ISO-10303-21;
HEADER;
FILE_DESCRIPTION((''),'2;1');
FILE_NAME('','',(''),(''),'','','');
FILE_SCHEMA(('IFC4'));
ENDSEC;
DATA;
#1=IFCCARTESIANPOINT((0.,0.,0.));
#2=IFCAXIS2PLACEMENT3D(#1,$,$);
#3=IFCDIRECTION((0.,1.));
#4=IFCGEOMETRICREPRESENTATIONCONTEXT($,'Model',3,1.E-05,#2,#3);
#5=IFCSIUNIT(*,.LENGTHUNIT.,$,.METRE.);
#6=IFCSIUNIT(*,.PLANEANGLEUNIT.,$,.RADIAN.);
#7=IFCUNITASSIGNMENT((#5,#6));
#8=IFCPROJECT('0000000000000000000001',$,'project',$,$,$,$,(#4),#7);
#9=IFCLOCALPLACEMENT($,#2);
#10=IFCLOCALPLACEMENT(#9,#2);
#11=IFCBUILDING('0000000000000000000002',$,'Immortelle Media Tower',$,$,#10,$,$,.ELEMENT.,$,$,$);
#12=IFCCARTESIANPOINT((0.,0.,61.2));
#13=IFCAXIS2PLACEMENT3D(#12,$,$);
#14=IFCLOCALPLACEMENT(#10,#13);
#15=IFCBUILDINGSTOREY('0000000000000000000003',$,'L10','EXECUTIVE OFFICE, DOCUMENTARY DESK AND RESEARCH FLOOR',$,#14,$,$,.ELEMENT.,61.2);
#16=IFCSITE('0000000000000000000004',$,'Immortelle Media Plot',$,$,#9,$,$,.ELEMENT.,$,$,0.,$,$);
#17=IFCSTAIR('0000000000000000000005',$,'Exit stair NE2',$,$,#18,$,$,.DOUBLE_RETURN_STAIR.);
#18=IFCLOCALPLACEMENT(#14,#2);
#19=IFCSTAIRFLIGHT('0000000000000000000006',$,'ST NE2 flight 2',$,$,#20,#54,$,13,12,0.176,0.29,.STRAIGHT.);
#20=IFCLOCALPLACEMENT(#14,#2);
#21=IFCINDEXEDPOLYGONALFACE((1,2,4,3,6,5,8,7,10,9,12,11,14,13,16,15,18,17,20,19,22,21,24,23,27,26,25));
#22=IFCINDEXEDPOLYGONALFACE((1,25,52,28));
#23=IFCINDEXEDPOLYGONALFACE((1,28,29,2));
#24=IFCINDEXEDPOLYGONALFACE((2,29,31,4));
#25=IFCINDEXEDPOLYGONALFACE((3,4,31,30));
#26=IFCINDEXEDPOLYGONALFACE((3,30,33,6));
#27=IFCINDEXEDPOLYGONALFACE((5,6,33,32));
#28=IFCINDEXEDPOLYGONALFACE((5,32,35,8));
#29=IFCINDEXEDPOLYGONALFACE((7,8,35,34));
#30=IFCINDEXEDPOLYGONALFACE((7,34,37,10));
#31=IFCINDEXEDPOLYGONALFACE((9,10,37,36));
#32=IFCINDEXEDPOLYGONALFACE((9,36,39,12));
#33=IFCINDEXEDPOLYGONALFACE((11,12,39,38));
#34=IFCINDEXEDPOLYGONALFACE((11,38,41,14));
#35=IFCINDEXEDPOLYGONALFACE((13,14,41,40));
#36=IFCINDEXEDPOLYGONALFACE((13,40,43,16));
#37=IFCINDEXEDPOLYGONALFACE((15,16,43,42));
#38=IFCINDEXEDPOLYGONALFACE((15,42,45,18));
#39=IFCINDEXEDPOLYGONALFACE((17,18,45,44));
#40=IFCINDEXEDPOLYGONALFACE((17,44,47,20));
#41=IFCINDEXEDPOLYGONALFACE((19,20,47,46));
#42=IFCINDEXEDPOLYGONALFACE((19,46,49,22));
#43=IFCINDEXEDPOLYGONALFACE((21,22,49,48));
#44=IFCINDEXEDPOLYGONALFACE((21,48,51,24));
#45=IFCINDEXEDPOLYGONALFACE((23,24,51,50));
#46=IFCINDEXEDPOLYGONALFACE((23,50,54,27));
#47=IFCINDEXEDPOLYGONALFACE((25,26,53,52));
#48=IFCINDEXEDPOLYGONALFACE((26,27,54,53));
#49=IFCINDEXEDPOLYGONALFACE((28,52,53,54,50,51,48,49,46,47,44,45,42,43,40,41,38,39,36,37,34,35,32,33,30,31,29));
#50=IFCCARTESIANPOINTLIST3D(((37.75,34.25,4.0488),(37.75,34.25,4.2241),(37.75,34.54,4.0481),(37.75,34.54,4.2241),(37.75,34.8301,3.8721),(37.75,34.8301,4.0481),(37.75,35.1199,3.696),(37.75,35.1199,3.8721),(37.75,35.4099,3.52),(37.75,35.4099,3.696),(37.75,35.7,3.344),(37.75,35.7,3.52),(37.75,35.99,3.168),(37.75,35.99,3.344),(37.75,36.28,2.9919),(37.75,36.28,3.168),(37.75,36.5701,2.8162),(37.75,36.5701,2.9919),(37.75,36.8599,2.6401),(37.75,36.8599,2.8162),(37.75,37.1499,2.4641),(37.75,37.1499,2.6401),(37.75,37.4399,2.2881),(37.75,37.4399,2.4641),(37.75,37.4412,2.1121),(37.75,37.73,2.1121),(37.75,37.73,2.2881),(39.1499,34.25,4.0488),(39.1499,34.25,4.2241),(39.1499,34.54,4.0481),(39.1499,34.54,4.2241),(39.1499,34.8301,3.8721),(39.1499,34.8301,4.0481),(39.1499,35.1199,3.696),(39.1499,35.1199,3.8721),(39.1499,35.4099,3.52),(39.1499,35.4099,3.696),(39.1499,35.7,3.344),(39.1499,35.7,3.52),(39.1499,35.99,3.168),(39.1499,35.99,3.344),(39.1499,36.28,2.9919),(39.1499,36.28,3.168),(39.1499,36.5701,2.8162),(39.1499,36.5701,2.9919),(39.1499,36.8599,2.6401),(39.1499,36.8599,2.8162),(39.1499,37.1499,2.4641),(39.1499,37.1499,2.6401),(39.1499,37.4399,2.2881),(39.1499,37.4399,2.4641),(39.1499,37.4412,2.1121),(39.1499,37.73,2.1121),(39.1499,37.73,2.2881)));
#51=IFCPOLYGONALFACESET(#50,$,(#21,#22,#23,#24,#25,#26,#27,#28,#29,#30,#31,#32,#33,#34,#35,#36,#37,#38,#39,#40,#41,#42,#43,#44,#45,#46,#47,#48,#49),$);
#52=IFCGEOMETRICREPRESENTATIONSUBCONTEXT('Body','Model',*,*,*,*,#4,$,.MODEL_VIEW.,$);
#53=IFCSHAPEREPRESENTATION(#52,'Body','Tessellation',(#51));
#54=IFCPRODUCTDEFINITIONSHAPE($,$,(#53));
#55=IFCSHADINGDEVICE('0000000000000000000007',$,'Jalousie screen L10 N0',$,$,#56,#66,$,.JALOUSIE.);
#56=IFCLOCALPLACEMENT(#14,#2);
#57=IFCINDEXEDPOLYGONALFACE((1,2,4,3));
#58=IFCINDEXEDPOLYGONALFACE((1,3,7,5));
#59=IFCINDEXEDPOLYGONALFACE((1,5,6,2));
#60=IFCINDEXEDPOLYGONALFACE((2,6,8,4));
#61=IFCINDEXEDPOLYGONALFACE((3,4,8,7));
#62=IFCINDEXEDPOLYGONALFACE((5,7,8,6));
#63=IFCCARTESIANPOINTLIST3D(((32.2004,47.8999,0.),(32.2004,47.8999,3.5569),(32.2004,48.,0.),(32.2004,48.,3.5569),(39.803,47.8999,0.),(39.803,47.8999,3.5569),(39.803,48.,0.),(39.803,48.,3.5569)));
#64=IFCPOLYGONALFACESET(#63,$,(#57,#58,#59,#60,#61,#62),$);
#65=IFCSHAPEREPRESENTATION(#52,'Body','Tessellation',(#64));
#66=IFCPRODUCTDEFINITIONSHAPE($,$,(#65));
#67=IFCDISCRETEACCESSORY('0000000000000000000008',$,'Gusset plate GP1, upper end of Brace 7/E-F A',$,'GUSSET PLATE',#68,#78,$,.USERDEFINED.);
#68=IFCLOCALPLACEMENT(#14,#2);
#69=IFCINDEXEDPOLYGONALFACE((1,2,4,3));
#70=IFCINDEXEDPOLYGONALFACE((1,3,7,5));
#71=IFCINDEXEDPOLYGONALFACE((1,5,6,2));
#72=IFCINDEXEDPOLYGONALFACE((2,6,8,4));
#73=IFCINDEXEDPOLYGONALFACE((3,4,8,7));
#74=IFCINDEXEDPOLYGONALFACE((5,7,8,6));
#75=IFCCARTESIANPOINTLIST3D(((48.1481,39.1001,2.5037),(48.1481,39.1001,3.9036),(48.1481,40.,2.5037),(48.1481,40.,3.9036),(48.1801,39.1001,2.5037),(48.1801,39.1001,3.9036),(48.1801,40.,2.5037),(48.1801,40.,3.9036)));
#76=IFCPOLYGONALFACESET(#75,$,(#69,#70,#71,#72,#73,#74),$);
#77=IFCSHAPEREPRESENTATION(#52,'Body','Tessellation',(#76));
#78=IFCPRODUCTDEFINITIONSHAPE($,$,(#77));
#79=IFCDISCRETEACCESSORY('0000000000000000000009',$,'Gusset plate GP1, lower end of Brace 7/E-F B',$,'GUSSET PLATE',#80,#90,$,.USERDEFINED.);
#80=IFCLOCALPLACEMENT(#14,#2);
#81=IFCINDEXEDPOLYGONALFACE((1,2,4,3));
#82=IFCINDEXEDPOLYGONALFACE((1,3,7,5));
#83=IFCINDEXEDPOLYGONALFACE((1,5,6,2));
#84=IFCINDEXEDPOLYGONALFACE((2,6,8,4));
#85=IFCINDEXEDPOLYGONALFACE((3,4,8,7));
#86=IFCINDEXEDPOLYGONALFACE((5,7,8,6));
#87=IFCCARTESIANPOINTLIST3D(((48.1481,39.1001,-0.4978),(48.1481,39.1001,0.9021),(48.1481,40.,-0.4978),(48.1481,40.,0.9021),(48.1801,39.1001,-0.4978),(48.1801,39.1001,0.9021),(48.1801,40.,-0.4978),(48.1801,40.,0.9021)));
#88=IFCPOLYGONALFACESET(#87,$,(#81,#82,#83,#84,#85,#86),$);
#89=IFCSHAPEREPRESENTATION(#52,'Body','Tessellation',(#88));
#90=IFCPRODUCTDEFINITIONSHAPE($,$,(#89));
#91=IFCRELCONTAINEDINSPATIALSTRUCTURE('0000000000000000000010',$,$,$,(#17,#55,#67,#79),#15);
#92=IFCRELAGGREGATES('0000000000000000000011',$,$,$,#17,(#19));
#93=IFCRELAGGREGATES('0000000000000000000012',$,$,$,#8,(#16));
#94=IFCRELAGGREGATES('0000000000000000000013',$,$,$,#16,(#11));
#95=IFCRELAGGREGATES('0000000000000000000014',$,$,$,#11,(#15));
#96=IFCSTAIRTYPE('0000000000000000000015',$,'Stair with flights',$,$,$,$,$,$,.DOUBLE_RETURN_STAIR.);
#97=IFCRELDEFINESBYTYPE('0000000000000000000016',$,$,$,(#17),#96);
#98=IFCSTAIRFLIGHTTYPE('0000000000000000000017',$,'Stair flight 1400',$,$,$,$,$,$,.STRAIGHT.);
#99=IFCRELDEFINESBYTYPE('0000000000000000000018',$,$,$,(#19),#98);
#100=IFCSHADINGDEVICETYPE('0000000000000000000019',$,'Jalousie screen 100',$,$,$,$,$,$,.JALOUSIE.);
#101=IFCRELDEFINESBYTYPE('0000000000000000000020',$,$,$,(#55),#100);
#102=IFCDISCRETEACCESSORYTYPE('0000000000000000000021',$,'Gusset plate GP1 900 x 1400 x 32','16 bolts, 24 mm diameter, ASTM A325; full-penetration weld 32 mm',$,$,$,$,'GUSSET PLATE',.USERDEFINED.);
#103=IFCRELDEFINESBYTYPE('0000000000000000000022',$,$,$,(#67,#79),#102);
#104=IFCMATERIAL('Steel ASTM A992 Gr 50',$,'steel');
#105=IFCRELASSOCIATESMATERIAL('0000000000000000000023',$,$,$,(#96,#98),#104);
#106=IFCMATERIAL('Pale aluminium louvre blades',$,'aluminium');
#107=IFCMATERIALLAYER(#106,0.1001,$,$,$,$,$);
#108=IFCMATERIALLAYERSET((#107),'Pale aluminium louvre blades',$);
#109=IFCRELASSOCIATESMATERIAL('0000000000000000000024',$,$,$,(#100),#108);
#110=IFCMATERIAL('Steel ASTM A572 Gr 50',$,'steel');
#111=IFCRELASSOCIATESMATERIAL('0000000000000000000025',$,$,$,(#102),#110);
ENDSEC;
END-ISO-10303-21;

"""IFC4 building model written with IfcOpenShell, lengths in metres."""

from ifc_helpers import new_model, si_unit, direction, frame, origin, origin_2d, place, context, subcontext, project, spatial, polyline, rectangle, outline, extrude, material, layer, layer_set, material_profile, profile_set, type_object, element, aggregate, save


model = new_model("IFC4")

# Units and contexts
model_context = context("Model", 3, precision=1e-05, world=origin(), true_north=direction((0.0, 1.0)))
body_context = subcontext(model_context, "Body", "Model", "MODEL_VIEW")
ifc_project = project(units=[si_unit("LENGTHUNIT", "METRE"), si_unit("PLANEANGLEUNIT", "RADIAN")], contexts=[model_context])

# Site, building, storey
site_placement = place(None, origin())
site = spatial("IfcSite", under=ifc_project, at=site_placement, Name="Immortelle Media Plot", CompositionType="ELEMENT", RefElevation=0.0)
building_placement = place(site_placement, origin())
building = spatial("IfcBuilding", under=site, at=building_placement, Name="Immortelle Media Tower", CompositionType="ELEMENT")
storey_placement = place(building_placement, frame((0.0, 0.0, 61.2)))
storey = spatial("IfcBuildingStorey", under=building, at=storey_placement, Name="L10", Description="EXECUTIVE OFFICE, DOCUMENTARY DESK AND RESEARCH FLOOR", CompositionType="ELEMENT", Elevation=61.2)

# Shared definitions
ifc_material_1 = material(Name="Steel ASTM A992 Gr 50", Category="steel")

# Stair, stair flight
stair_type = type_object("IfcStairType", Name="Stair with flights", PredefinedType="DOUBLE_RETURN_STAIR", material=ifc_material_1)
stair_flight_type = type_object("IfcStairFlightType", Name="Stair flight 1400", PredefinedType="STRAIGHT", material=ifc_material_1)
stair_1_placement = place(storey_placement, origin())
stair_1 = element("IfcStair", 1, at=stair_1_placement, inside=storey, type_object=stair_type, Name="Exit stair NE2", PredefinedType="DOUBLE_RETURN_STAIR")
stair_flight_1_placement = place(storey_placement, frame((38.45, 37.73, 2.1121), z_axis=(0.0, 0.0, 1.0), x_axis=(0.0, -1.0, 0.0)))
stair_flight_1 = element("IfcStairFlight", 2, at=stair_flight_1_placement, type_object=stair_flight_type, Name="ST NE2 flight 2", NumberOfRisers=13, NumberOfTreads=12, PredefinedType="STRAIGHT", RiserHeight=0.176, TreadLength=0.29, context=body_context, shape_type="SweptSolid", body=[
    extrude(outline(polyline([(0.0, 0.0), (0.0, 0.176), (0.29, 0.176), (0.29, 0.3521), (0.5801, 0.3521), (0.5801, 0.5281), (0.8701, 0.5281), (0.8701, 0.7041), (1.1599, 0.7041), (1.1599, 0.8799), (1.45, 0.8799), (1.45, 1.0559), (1.74, 1.0559), (1.74, 1.2319), (2.03, 1.2319), (2.03, 1.408), (2.3201, 1.408), (2.3201, 1.584), (2.6101, 1.584), (2.6101, 1.76), (2.8999, 1.76), (2.8999, 1.936), (3.1899, 1.936), (3.1899, 2.1121), (3.48, 2.1121), (3.48, 2.2881), (3.48, 1.9368), (0.2888, 0.0), (0.0, 0.0)])), frame((0.0, 0.7, 0.0), z_axis=(0.0, -1.0, 0.0), x_axis=(1.0, 0.0, 0.0)), (0.0, 0.0, 1.0), 1.3999),
])
aggregate(stair_1, [stair_flight_1])

# Shading device
ifc_material_2 = material(Name="Pale aluminium louvre blades", Category="aluminium")
ifc_layer_1 = layer(ifc_material_2, 0.1001)
ifc_layer_set_1 = layer_set([ifc_layer_1], Name="Pale aluminium louvre blades")
shading_device_type = type_object("IfcShadingDeviceType", Name="Jalousie screen 100", PredefinedType="JALOUSIE", material=ifc_layer_set_1)
shading_device_placement = place(storey_placement, frame((36.0017, 47.95, 0.0), z_axis=(0.0, 0.0, 1.0), x_axis=(-1.0, 0.0, 0.0)))
element("IfcShadingDevice", 3, at=shading_device_placement, inside=storey, type_object=shading_device_type, Name="Jalousie screen L10 N0", PredefinedType="JALOUSIE", context=body_context, shape_type="SweptSolid", body=[
    extrude(rectangle(XDim=7.6025, YDim=0.1001, at=origin_2d()), origin(), (0.0, 0.0, 1.0), 3.5569),
])

# Discrete accessories
ifc_material_3 = material(Name="Steel ASTM A572 Gr 50", Category="steel")
ifc_material_profile_1 = material_profile(ifc_material_3, rectangle(XDim=0.032, YDim=1.3999, at=origin_2d()), Name="PL 32 x 1400")
ifc_profile_set_1 = profile_set([ifc_material_profile_1], Name="Steel ASTM A572 Gr 50")
discrete_accessory_type = type_object("IfcDiscreteAccessoryType", Name="Gusset plate GP1 900 x 1400 x 32", Description="16 bolts, 24 mm diameter, ASTM A325; full-penetration weld 32 mm", ElementType="GUSSET PLATE", PredefinedType="USERDEFINED", material=ifc_profile_set_1)
for number, where, z_axis, x_axis, name in (
    (4, (48.1641, 40.0, 3.2036), (0.0, -1.0, 0.0), (1.0, 0.0, 0.0), "Gusset plate GP1, upper end of Brace 7/E-F A"),
    (5, (48.1641, 40.0, 0.2021), (0.0, -1.0, 0.0), (1.0, 0.0, 0.0), "Gusset plate GP1, lower end of Brace 7/E-F B"),
):
    element("IfcDiscreteAccessory", number, at=place(storey_placement, frame(where, z_axis=z_axis, x_axis=x_axis)), inside=storey, type_object=discrete_accessory_type, Name=name, ObjectType="GUSSET PLATE", PredefinedType="USERDEFINED", context=body_context, shape_type="SweptSolid", body=[
        extrude(rectangle(XDim=0.032, YDim=1.3999, at=origin_2d()), origin(), (0.0, 0.0, 1.0), 0.8999),
    ])

save(model, "model.ifc")
